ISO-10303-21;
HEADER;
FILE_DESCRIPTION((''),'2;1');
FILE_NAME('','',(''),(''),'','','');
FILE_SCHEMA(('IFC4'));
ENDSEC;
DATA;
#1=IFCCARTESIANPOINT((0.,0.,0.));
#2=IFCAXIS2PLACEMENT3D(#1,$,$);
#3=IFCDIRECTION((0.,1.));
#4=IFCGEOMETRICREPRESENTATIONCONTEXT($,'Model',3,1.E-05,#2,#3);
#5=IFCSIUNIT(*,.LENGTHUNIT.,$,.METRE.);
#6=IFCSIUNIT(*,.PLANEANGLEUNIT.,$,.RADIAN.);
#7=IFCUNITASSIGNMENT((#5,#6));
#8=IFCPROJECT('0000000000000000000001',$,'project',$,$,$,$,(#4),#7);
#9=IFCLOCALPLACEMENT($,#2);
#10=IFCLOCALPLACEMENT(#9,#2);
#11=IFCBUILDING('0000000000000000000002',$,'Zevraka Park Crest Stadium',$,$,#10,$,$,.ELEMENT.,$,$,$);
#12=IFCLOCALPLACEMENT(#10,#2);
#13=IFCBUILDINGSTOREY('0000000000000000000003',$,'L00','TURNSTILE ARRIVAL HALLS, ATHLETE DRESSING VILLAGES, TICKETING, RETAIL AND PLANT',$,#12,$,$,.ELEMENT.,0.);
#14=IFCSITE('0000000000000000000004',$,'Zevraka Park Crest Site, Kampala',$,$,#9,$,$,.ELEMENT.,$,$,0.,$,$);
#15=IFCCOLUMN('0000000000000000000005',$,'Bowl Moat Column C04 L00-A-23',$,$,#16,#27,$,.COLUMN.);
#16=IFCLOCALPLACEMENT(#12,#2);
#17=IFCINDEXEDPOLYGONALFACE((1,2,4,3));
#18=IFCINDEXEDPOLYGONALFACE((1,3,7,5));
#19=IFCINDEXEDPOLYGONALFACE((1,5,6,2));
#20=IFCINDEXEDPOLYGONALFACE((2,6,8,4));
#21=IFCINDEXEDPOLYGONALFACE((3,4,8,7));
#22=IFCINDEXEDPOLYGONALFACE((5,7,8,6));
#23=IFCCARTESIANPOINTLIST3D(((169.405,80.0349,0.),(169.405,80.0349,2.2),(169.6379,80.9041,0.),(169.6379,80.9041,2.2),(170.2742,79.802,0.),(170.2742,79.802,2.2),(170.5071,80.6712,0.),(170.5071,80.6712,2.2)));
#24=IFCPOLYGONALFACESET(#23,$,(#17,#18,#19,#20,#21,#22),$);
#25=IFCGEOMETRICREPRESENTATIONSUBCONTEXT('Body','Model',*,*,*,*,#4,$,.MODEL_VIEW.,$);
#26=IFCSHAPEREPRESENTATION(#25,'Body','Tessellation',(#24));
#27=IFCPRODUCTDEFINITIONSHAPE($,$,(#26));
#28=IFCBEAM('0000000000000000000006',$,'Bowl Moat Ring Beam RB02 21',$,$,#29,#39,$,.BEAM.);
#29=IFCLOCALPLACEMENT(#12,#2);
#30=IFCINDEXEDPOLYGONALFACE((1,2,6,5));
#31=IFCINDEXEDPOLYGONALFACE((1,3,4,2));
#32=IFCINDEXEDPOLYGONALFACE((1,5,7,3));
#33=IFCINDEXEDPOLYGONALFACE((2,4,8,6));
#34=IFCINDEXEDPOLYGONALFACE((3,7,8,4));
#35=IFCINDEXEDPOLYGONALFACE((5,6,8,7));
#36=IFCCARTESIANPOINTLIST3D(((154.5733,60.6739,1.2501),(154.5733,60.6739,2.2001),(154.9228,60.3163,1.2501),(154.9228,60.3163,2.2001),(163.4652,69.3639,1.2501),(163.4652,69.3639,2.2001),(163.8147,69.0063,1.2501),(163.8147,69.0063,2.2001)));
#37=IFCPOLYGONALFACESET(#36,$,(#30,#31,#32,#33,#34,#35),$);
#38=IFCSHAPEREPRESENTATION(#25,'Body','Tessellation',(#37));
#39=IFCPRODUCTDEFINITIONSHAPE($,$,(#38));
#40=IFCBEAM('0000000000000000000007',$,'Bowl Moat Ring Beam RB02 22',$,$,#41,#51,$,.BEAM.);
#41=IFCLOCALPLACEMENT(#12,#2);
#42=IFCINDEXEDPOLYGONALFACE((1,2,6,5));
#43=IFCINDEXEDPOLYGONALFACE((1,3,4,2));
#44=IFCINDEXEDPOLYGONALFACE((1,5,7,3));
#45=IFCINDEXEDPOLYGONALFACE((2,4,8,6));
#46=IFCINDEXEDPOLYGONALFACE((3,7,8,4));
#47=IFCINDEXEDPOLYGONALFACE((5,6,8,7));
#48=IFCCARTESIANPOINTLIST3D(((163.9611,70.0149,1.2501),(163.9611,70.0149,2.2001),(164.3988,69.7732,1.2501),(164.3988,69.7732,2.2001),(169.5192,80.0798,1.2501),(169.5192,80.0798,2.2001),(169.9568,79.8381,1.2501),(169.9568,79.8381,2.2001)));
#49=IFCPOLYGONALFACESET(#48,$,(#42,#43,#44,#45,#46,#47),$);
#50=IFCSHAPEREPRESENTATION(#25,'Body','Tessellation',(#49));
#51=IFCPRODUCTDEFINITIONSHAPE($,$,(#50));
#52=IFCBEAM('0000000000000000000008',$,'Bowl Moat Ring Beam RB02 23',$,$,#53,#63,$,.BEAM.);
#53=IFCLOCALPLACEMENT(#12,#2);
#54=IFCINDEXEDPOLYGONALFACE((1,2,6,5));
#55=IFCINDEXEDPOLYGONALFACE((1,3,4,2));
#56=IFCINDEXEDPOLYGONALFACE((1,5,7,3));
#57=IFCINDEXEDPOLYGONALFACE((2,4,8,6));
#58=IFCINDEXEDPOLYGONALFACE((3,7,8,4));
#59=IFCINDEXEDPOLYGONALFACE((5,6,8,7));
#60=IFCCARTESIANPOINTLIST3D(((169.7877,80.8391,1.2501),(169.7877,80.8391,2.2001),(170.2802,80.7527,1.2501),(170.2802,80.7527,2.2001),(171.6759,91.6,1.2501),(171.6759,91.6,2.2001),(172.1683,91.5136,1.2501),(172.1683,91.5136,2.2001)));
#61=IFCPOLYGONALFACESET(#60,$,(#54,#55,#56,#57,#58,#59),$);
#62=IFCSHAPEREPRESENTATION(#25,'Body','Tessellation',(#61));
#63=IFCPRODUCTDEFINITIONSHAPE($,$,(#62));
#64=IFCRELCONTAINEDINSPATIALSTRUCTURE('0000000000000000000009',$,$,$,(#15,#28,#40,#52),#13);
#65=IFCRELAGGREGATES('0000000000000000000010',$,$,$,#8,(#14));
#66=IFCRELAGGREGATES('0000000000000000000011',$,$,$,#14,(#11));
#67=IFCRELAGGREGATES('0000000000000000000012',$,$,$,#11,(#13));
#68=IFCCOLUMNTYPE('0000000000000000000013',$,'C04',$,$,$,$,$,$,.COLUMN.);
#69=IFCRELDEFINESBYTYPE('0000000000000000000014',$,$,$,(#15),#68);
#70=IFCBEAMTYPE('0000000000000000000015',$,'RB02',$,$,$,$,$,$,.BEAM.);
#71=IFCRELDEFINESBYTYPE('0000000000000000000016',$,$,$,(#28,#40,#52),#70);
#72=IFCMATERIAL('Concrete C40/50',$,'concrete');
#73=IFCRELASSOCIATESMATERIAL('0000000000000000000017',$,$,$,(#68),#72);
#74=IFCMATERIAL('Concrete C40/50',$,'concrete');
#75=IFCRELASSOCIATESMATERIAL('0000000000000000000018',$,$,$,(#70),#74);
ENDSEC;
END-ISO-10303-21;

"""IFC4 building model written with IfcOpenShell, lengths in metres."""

from ifc_helpers import new_model, si_unit, direction, frame, origin, origin_2d, place, context, subcontext, project, spatial, rectangle, extrude, material, material_profile, profile_set, type_object, element, save


model = new_model("IFC4")

# Units and contexts
model_context = context("Model", 3, precision=1e-05, world=origin(), true_north=direction((0.0, 1.0)))
body_context = subcontext(model_context, "Body", "Model", "MODEL_VIEW")
ifc_project = project(units=[si_unit("LENGTHUNIT", "METRE"), si_unit("PLANEANGLEUNIT", "RADIAN")], contexts=[model_context])

# Site, building, storey
site_placement = place(None, origin())
site = spatial("IfcSite", under=ifc_project, at=site_placement, Name="Zevraka Park Crest Site, Kampala", CompositionType="ELEMENT", RefElevation=0.0)
building_placement = place(site_placement, origin())
building = spatial("IfcBuilding", under=site, at=building_placement, Name="Zevraka Park Crest Stadium", CompositionType="ELEMENT")
storey_placement = place(building_placement, origin())
storey = spatial("IfcBuildingStorey", under=building, at=storey_placement, Name="L00", Description="TURNSTILE ARRIVAL HALLS, ATHLETE DRESSING VILLAGES, TICKETING, RETAIL AND PLANT", CompositionType="ELEMENT", Elevation=0.0)

# Column
ifc_material_1 = material(Name="Concrete C40/50", Category="concrete")
ifc_material_profile_1 = material_profile(ifc_material_1, rectangle(XDim=0.8999, YDim=0.8999, at=origin_2d()), Name="RC 900x900")
ifc_profile_set_1 = profile_set([ifc_material_profile_1], Name="Concrete C40/50")
column_type = type_object("IfcColumnType", Name="C04", PredefinedType="COLUMN", material=ifc_profile_set_1)
for number, where, z_axis, x_axis, name in (
    (1, (169.9561, 80.353, 0.0), (0.0, 0.0, 1.0), (-0.965926, 0.258819, 0.0), "Bowl Moat Column C04 L00-A-23"),
):
    element("IfcColumn", number, at=place(storey_placement, frame(where, z_axis=z_axis, x_axis=x_axis)), inside=storey, type_object=column_type, Name=name, PredefinedType="COLUMN", context=body_context, shape_type="SweptSolid", body=[
        extrude(rectangle(XDim=0.8999, YDim=0.8999, at=origin_2d()), origin(), (0.0, 0.0, 1.0), 2.2),
    ])

# Beams
ifc_material_2 = material(Name="Concrete C40/50", Category="concrete")
ifc_material_profile_2 = material_profile(ifc_material_2, rectangle(XDim=0.5, YDim=0.95, at=origin_2d()), Name="RC 950x500")
ifc_profile_set_2 = profile_set([ifc_material_profile_2], Name="Concrete C40/50")
beam_type = type_object("IfcBeamType", Name="RB02", PredefinedType="BEAM", material=ifc_profile_set_2)
beam_1_placement = place(storey_placement, frame((154.748, 60.4951, 1.7251), z_axis=(0.71518, 0.69894, 0.0), x_axis=(-0.69894, 0.71518, 0.0)))
element("IfcBeam", 2, at=beam_1_placement, inside=storey, type_object=beam_type, Name="Bowl Moat Ring Beam RB02 21", PredefinedType="BEAM", context=body_context, shape_type="SweptSolid", body=[
    extrude(rectangle(XDim=0.5, YDim=0.95, at=origin_2d()), origin(), (0.0, 0.0, 1.0), 12.4331),
])
beam_2_placement = place(storey_placement, frame((164.1799, 69.894, 1.7251), z_axis=(0.483413, 0.875392, 0.0), x_axis=(-0.875392, 0.483413, 0.0)))
element("IfcBeam", 3, at=beam_2_placement, inside=storey, type_object=beam_type, Name="Bowl Moat Ring Beam RB02 22", PredefinedType="BEAM", context=body_context, shape_type="SweptSolid", body=[
    extrude(rectangle(XDim=0.5, YDim=0.95, at=origin_2d()), origin(), (0.0, 0.0, 1.0), 11.4976),
])
beam_3_placement = place(storey_placement, frame((170.0339, 80.7959, 1.7251), z_axis=(0.172825, 0.984952, 0.0), x_axis=(-0.984952, 0.172825, 0.0)))
element("IfcBeam", 4, at=beam_3_placement, inside=storey, type_object=beam_type, Name="Bowl Moat Ring Beam RB02 23", PredefinedType="BEAM", context=body_context, shape_type="SweptSolid", body=[
    extrude(rectangle(XDim=0.5, YDim=0.95, at=origin_2d()), origin(), (0.0, 0.0, 1.0), 10.9253),
])

save(model, "model.ifc")
